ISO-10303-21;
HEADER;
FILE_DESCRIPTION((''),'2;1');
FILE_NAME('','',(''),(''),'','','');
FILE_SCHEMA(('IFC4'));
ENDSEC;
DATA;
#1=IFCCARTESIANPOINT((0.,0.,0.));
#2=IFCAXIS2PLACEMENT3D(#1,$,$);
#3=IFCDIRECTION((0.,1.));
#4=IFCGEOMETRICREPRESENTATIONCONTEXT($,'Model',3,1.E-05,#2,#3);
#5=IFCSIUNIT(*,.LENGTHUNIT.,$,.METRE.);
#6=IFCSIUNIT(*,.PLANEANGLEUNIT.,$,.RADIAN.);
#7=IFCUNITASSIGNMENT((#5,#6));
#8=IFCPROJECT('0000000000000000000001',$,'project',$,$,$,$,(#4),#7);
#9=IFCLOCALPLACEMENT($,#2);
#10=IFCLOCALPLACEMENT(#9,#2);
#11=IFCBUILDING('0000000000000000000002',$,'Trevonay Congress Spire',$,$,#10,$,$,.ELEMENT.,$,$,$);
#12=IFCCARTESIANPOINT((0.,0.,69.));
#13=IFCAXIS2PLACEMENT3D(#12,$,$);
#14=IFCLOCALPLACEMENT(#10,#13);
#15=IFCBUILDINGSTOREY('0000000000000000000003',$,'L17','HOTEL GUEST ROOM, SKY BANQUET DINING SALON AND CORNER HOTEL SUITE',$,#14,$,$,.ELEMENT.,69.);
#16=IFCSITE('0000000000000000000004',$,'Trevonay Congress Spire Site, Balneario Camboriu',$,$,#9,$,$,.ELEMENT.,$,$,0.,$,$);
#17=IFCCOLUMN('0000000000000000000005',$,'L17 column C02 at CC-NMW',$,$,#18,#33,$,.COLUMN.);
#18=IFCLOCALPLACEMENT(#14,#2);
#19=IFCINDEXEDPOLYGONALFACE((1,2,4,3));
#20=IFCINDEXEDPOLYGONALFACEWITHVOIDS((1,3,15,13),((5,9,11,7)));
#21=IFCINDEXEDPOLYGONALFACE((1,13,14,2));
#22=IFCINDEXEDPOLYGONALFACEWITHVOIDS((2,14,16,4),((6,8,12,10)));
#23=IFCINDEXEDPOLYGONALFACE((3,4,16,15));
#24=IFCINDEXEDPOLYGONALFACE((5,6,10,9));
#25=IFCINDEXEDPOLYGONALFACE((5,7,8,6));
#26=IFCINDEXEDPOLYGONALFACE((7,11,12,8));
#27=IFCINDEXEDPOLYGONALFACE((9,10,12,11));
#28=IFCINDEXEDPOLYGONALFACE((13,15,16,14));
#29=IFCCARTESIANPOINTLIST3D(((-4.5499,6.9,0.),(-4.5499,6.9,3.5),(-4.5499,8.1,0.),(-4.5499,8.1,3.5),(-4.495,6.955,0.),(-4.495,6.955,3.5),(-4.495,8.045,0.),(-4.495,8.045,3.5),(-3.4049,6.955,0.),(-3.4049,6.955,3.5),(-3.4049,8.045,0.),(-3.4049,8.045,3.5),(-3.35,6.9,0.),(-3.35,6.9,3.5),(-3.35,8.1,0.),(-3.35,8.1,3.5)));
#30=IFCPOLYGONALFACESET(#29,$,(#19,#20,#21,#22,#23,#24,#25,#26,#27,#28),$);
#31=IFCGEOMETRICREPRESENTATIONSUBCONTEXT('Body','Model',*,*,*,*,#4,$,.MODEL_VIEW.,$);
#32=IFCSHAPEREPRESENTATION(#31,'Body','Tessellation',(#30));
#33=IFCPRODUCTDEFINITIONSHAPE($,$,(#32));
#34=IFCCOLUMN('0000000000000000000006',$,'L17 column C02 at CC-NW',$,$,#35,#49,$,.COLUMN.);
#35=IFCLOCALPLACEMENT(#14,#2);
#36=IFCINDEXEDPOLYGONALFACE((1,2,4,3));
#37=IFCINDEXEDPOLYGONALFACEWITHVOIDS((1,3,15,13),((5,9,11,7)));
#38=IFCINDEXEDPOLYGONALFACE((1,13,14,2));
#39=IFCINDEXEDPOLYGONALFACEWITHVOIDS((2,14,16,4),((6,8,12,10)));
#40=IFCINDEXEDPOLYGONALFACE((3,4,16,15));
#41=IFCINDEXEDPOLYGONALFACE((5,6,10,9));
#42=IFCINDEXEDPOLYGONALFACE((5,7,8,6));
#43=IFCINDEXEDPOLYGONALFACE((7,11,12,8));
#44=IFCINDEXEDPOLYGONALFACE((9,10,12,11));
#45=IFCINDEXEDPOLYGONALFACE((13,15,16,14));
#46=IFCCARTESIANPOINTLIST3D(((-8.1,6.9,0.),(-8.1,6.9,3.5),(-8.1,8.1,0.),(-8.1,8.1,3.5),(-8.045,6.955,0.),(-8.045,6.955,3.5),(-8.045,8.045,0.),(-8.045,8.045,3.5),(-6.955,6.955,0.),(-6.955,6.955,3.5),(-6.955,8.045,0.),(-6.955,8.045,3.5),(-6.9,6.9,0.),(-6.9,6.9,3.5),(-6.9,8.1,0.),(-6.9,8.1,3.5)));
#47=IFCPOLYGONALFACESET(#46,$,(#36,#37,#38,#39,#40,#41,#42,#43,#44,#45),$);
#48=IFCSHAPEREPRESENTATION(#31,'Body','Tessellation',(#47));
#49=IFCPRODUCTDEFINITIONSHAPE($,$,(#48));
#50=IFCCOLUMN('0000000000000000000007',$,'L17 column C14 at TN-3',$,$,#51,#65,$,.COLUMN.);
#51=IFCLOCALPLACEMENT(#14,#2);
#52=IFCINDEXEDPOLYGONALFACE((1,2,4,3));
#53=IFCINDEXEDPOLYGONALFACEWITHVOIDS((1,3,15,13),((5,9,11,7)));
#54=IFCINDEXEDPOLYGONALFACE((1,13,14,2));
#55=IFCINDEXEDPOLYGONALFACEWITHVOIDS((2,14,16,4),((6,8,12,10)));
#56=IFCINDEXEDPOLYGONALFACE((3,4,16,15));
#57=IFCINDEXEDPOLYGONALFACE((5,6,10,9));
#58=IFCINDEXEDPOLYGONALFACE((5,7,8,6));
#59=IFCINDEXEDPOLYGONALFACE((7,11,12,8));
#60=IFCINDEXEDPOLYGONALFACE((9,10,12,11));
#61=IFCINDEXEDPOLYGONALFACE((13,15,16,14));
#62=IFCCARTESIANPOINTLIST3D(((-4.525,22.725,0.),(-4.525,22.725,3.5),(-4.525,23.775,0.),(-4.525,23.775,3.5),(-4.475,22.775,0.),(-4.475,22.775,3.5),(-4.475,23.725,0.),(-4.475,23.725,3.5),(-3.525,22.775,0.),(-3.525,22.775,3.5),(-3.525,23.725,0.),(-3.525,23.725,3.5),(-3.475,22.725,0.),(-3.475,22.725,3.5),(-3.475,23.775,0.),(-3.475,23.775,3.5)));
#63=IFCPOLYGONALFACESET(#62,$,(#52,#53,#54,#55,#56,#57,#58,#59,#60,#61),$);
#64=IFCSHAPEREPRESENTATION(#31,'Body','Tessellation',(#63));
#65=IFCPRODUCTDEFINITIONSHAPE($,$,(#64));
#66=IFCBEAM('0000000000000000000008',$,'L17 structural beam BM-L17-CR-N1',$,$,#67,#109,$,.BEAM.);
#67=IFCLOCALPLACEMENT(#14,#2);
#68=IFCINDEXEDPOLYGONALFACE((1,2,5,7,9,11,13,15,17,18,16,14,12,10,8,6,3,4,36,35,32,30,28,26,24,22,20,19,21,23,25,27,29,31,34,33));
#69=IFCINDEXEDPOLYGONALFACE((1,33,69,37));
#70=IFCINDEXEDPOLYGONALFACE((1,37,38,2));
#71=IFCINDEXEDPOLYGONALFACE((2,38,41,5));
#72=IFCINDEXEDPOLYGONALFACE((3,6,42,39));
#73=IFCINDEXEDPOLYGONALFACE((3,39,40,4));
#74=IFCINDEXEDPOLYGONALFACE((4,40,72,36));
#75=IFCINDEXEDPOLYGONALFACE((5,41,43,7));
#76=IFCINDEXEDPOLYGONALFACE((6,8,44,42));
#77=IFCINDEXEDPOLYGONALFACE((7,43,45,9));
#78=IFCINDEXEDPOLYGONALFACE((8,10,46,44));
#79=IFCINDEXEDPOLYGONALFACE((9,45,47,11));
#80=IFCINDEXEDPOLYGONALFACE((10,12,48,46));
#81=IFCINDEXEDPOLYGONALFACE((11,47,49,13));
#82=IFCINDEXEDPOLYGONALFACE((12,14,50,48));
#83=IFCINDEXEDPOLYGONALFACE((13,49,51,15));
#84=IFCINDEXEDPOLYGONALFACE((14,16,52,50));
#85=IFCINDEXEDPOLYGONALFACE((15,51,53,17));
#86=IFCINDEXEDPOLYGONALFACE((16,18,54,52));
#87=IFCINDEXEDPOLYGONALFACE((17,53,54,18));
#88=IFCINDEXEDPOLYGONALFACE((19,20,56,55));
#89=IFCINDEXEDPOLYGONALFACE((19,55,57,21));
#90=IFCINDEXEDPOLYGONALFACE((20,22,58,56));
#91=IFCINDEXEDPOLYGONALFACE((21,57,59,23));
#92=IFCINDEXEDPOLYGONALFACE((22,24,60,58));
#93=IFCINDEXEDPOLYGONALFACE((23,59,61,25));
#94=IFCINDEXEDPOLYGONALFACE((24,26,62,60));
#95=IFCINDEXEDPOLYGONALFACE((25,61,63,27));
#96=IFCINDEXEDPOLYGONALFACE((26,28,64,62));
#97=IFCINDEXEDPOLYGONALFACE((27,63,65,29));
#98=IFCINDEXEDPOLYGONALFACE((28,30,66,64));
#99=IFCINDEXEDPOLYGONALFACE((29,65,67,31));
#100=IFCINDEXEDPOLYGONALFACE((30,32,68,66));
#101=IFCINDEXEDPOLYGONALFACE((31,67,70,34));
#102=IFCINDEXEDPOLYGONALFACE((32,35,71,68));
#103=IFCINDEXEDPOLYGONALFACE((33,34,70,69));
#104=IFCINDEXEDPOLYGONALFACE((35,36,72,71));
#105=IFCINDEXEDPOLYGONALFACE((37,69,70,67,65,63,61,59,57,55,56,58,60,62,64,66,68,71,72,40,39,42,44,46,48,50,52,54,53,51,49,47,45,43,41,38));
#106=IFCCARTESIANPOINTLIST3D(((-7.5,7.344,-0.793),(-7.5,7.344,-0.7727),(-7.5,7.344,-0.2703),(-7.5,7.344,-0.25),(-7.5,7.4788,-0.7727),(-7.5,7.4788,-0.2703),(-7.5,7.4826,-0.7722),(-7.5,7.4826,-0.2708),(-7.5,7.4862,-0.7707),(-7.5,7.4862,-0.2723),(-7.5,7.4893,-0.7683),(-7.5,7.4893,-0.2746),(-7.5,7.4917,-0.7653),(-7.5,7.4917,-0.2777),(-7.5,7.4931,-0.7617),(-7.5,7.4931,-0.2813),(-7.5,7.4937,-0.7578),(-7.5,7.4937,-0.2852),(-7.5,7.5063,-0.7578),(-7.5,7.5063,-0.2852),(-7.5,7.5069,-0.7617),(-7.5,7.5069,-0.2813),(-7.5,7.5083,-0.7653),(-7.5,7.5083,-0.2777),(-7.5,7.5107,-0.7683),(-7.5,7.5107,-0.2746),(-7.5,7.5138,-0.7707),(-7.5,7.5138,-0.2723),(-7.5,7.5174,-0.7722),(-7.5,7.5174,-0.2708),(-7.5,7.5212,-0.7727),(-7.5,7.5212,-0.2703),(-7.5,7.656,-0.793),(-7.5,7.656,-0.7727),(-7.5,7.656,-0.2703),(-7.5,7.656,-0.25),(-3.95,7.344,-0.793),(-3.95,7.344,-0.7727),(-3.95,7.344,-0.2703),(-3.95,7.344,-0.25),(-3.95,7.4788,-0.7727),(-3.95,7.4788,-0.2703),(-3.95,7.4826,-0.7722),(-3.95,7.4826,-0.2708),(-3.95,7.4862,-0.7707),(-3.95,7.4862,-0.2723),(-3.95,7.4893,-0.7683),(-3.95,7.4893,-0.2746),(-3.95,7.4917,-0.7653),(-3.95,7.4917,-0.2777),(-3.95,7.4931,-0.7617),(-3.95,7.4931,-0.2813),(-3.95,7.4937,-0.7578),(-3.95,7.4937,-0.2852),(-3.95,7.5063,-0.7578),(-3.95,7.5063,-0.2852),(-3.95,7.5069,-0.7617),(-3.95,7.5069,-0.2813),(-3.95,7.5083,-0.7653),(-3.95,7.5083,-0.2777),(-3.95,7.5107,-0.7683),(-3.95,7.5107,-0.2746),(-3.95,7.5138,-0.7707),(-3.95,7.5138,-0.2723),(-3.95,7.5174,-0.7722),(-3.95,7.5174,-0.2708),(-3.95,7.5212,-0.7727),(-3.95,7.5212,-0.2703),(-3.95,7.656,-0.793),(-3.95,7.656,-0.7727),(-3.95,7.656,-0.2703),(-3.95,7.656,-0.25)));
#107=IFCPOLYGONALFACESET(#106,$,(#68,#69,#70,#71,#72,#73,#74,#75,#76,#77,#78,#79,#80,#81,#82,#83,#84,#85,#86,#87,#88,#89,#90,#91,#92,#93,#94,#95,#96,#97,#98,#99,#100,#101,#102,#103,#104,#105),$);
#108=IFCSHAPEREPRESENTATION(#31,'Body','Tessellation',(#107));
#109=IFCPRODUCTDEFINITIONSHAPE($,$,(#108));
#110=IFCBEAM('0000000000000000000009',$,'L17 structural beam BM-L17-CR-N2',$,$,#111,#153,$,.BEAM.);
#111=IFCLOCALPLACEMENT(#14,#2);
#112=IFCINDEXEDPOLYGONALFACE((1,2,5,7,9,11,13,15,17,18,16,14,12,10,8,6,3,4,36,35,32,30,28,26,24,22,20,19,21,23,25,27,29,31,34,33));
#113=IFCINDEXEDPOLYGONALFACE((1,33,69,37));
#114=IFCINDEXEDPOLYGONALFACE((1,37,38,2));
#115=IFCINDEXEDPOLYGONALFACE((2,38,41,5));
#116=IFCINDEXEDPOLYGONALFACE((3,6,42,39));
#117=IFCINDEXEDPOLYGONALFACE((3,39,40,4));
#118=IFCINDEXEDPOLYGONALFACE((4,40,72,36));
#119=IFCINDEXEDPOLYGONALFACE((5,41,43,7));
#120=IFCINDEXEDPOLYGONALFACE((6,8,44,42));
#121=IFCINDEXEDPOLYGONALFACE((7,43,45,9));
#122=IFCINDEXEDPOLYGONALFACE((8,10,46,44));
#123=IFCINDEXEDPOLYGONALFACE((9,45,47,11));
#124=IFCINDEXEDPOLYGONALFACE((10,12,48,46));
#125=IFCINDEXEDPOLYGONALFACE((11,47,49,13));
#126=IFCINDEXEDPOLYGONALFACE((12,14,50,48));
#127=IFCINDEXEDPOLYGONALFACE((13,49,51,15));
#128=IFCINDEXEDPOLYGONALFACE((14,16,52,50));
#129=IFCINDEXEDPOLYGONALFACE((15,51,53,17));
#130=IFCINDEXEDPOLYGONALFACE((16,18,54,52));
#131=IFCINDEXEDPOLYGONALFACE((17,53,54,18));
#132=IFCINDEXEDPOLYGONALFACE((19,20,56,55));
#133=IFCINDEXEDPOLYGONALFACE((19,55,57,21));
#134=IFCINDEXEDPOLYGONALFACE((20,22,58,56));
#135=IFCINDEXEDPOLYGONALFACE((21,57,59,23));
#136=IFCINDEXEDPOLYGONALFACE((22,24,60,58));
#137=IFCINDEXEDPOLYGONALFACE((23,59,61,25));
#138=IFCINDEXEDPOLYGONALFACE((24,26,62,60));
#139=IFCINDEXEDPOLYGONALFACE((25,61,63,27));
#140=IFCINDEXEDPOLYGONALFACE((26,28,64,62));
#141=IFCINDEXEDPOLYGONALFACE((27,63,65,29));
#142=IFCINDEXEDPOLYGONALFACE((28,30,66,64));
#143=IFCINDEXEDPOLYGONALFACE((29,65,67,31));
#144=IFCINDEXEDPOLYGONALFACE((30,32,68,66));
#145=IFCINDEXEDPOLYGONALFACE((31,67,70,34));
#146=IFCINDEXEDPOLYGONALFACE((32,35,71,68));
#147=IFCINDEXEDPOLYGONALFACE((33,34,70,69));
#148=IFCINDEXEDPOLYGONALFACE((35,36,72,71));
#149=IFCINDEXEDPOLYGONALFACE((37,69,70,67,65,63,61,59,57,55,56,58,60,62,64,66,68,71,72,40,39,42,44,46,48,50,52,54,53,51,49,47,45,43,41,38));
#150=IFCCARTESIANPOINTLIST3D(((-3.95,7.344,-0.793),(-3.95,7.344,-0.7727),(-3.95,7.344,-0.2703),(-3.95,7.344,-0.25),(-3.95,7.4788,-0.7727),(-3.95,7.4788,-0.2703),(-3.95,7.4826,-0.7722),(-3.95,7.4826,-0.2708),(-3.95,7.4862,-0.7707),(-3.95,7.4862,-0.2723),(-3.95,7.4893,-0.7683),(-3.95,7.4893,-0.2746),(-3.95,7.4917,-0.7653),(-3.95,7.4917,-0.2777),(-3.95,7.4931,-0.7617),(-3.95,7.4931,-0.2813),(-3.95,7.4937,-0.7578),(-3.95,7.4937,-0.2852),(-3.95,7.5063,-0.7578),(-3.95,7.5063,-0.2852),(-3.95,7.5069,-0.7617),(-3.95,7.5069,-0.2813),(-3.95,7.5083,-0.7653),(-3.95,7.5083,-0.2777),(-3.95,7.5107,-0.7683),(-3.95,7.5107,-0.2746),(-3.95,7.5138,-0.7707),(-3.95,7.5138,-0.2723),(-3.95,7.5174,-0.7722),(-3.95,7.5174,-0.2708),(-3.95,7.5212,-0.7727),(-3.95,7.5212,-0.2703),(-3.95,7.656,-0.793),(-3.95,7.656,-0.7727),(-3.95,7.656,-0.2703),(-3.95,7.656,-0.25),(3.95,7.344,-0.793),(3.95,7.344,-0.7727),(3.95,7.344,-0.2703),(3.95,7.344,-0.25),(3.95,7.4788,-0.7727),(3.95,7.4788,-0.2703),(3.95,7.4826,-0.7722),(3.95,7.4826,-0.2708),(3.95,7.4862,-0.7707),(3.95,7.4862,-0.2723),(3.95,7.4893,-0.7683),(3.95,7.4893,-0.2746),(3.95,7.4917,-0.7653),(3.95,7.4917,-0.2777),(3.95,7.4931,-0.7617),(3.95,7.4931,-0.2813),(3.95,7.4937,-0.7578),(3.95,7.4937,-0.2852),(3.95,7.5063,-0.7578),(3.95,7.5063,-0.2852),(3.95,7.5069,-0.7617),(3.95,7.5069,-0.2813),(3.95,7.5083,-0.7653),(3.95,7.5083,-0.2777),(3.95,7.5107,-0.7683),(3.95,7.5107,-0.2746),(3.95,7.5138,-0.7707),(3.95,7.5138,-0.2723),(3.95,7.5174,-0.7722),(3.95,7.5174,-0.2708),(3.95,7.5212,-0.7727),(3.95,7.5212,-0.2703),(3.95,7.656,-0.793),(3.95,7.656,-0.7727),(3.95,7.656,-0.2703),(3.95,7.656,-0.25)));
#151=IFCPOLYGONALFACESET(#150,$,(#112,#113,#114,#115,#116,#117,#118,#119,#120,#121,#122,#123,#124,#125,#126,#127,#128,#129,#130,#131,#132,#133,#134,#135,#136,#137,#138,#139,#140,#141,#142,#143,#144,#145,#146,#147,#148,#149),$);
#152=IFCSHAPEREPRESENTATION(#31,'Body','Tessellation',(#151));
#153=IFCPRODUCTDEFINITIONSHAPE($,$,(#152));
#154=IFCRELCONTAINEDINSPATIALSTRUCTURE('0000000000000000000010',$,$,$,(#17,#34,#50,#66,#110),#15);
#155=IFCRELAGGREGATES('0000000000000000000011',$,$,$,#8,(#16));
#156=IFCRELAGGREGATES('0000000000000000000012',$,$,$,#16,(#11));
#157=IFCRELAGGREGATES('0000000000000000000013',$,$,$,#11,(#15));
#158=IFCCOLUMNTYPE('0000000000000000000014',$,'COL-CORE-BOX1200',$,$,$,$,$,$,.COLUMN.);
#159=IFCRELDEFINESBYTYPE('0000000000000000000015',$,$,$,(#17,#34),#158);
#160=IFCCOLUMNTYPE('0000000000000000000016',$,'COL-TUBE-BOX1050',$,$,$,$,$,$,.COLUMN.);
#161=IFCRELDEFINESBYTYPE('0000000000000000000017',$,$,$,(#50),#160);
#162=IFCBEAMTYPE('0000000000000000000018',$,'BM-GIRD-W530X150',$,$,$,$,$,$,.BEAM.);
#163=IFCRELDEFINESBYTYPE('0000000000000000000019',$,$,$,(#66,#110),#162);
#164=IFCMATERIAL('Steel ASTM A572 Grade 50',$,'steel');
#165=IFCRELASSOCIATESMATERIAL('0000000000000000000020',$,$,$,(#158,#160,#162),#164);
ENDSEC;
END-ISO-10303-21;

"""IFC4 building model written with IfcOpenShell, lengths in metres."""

from ifc_helpers import new_model, si_unit, direction, frame, origin, origin_2d, place, context, subcontext, project, spatial, hollow_rectangle, i_section, extrude, material, material_profile, profile_set, type_object, element, save


model = new_model("IFC4")

# Units and contexts
model_context = context("Model", 3, precision=1e-05, world=origin(), true_north=direction((0.0, 1.0)))
body_context = subcontext(model_context, "Body", "Model", "MODEL_VIEW")
ifc_project = project(units=[si_unit("LENGTHUNIT", "METRE"), si_unit("PLANEANGLEUNIT", "RADIAN")], contexts=[model_context])

# Site, building, storey
site_placement = place(None, origin())
site = spatial("IfcSite", under=ifc_project, at=site_placement, Name="Trevonay Congress Spire Site, Balneario Camboriu", CompositionType="ELEMENT", RefElevation=0.0)
building_placement = place(site_placement, origin())
building = spatial("IfcBuilding", under=site, at=building_placement, Name="Trevonay Congress Spire", CompositionType="ELEMENT")
storey_placement = place(building_placement, frame((0.0, 0.0, 69.0)))
storey = spatial("IfcBuildingStorey", under=building, at=storey_placement, Name="L17", Description="HOTEL GUEST ROOM, SKY BANQUET DINING SALON AND CORNER HOTEL SUITE", CompositionType="ELEMENT", Elevation=69.0)

# Columns
ifc_material_1 = material(Name="Steel ASTM A572 Grade 50", Category="steel")
ifc_material_profile_1 = material_profile(ifc_material_1, hollow_rectangle(XDim=1.2, YDim=1.2, WallThickness=0.0549, at=origin_2d()), Name="BOX 1200x1200x55")
ifc_profile_set_1 = profile_set([ifc_material_profile_1], Name="Steel ASTM A572 Grade 50")
column_type_1 = type_object("IfcColumnType", Name="COL-CORE-BOX1200", PredefinedType="COLUMN", material=ifc_profile_set_1)
for number, where, z_axis, x_axis, name in (
    (1, (-3.95, 7.5, 0.0), (0.0, 0.0, 1.0), (1.0, 0.0, 0.0), "L17 column C02 at CC-NMW"),
    (2, (-7.5, 7.5, 0.0), (0.0, 0.0, 1.0), (1.0, 0.0, 0.0), "L17 column C02 at CC-NW"),
):
    element("IfcColumn", number, at=place(storey_placement, frame(where, z_axis=z_axis, x_axis=x_axis)), inside=storey, type_object=column_type_1, Name=name, PredefinedType="COLUMN", context=body_context, shape_type="SweptSolid", body=[
        extrude(hollow_rectangle(XDim=1.2, YDim=1.2, WallThickness=0.0549, at=origin_2d()), origin(), (0.0, 0.0, 1.0), 3.5),
    ])
ifc_material_profile_2 = material_profile(ifc_material_1, hollow_rectangle(XDim=1.05, YDim=1.05, WallThickness=0.05, at=origin_2d()), Name="BOX 1050x1050x50")
ifc_profile_set_2 = profile_set([ifc_material_profile_2], Name="Steel ASTM A572 Grade 50")
column_type_2 = type_object("IfcColumnType", Name="COL-TUBE-BOX1050", PredefinedType="COLUMN", material=ifc_profile_set_2)
column_placement = place(storey_placement, frame((-4.0, 23.25, 0.0), z_axis=(0.0, 0.0, 1.0), x_axis=(1.0, 0.0, 0.0)))
element("IfcColumn", 3, at=column_placement, inside=storey, type_object=column_type_2, Name="L17 column C14 at TN-3", PredefinedType="COLUMN", context=body_context, shape_type="SweptSolid", body=[
    extrude(hollow_rectangle(XDim=1.05, YDim=1.05, WallThickness=0.05, at=origin_2d()), origin(), (0.0, 0.0, 1.0), 3.5),
])

# Beams
ifc_material_profile_3 = material_profile(ifc_material_1, i_section(OverallWidth=0.312, OverallDepth=0.543, WebThickness=0.0127, FlangeThickness=0.0203, FilletRadius=0.0149, at=origin_2d()), Name="W530x150")
ifc_profile_set_3 = profile_set([ifc_material_profile_3], Name="Steel ASTM A572 Grade 50")
beam_type_1 = type_object("IfcBeamType", Name="BM-GIRD-W530X150", PredefinedType="BEAM", material=ifc_profile_set_3)
beam_1_placement = place(storey_placement, frame((-7.5, 7.5, -0.5215), z_axis=(1.0, 0.0, 0.0), x_axis=(0.0, 1.0, 0.0)))
element("IfcBeam", 4, at=beam_1_placement, inside=storey, type_object=beam_type_1, Name="L17 structural beam BM-L17-CR-N1", PredefinedType="BEAM", context=body_context, shape_type="SweptSolid", body=[
    extrude(i_section(OverallWidth=0.312, OverallDepth=0.543, WebThickness=0.0127, FlangeThickness=0.0203, FilletRadius=0.0149, at=origin_2d()), origin(), (0.0, 0.0, 1.0), 3.55),
])
beam_2_placement = place(storey_placement, frame((-3.95, 7.5, -0.5215), z_axis=(1.0, 0.0, 0.0), x_axis=(0.0, 1.0, 0.0)))
element("IfcBeam", 5, at=beam_2_placement, inside=storey, type_object=beam_type_1, Name="L17 structural beam BM-L17-CR-N2", PredefinedType="BEAM", context=body_context, shape_type="SweptSolid", body=[
    extrude(i_section(OverallWidth=0.312, OverallDepth=0.543, WebThickness=0.0127, FlangeThickness=0.0203, FilletRadius=0.0149, at=origin_2d()), origin(), (0.0, 0.0, 1.0), 7.8999),
])

save(model, "model.ifc")
